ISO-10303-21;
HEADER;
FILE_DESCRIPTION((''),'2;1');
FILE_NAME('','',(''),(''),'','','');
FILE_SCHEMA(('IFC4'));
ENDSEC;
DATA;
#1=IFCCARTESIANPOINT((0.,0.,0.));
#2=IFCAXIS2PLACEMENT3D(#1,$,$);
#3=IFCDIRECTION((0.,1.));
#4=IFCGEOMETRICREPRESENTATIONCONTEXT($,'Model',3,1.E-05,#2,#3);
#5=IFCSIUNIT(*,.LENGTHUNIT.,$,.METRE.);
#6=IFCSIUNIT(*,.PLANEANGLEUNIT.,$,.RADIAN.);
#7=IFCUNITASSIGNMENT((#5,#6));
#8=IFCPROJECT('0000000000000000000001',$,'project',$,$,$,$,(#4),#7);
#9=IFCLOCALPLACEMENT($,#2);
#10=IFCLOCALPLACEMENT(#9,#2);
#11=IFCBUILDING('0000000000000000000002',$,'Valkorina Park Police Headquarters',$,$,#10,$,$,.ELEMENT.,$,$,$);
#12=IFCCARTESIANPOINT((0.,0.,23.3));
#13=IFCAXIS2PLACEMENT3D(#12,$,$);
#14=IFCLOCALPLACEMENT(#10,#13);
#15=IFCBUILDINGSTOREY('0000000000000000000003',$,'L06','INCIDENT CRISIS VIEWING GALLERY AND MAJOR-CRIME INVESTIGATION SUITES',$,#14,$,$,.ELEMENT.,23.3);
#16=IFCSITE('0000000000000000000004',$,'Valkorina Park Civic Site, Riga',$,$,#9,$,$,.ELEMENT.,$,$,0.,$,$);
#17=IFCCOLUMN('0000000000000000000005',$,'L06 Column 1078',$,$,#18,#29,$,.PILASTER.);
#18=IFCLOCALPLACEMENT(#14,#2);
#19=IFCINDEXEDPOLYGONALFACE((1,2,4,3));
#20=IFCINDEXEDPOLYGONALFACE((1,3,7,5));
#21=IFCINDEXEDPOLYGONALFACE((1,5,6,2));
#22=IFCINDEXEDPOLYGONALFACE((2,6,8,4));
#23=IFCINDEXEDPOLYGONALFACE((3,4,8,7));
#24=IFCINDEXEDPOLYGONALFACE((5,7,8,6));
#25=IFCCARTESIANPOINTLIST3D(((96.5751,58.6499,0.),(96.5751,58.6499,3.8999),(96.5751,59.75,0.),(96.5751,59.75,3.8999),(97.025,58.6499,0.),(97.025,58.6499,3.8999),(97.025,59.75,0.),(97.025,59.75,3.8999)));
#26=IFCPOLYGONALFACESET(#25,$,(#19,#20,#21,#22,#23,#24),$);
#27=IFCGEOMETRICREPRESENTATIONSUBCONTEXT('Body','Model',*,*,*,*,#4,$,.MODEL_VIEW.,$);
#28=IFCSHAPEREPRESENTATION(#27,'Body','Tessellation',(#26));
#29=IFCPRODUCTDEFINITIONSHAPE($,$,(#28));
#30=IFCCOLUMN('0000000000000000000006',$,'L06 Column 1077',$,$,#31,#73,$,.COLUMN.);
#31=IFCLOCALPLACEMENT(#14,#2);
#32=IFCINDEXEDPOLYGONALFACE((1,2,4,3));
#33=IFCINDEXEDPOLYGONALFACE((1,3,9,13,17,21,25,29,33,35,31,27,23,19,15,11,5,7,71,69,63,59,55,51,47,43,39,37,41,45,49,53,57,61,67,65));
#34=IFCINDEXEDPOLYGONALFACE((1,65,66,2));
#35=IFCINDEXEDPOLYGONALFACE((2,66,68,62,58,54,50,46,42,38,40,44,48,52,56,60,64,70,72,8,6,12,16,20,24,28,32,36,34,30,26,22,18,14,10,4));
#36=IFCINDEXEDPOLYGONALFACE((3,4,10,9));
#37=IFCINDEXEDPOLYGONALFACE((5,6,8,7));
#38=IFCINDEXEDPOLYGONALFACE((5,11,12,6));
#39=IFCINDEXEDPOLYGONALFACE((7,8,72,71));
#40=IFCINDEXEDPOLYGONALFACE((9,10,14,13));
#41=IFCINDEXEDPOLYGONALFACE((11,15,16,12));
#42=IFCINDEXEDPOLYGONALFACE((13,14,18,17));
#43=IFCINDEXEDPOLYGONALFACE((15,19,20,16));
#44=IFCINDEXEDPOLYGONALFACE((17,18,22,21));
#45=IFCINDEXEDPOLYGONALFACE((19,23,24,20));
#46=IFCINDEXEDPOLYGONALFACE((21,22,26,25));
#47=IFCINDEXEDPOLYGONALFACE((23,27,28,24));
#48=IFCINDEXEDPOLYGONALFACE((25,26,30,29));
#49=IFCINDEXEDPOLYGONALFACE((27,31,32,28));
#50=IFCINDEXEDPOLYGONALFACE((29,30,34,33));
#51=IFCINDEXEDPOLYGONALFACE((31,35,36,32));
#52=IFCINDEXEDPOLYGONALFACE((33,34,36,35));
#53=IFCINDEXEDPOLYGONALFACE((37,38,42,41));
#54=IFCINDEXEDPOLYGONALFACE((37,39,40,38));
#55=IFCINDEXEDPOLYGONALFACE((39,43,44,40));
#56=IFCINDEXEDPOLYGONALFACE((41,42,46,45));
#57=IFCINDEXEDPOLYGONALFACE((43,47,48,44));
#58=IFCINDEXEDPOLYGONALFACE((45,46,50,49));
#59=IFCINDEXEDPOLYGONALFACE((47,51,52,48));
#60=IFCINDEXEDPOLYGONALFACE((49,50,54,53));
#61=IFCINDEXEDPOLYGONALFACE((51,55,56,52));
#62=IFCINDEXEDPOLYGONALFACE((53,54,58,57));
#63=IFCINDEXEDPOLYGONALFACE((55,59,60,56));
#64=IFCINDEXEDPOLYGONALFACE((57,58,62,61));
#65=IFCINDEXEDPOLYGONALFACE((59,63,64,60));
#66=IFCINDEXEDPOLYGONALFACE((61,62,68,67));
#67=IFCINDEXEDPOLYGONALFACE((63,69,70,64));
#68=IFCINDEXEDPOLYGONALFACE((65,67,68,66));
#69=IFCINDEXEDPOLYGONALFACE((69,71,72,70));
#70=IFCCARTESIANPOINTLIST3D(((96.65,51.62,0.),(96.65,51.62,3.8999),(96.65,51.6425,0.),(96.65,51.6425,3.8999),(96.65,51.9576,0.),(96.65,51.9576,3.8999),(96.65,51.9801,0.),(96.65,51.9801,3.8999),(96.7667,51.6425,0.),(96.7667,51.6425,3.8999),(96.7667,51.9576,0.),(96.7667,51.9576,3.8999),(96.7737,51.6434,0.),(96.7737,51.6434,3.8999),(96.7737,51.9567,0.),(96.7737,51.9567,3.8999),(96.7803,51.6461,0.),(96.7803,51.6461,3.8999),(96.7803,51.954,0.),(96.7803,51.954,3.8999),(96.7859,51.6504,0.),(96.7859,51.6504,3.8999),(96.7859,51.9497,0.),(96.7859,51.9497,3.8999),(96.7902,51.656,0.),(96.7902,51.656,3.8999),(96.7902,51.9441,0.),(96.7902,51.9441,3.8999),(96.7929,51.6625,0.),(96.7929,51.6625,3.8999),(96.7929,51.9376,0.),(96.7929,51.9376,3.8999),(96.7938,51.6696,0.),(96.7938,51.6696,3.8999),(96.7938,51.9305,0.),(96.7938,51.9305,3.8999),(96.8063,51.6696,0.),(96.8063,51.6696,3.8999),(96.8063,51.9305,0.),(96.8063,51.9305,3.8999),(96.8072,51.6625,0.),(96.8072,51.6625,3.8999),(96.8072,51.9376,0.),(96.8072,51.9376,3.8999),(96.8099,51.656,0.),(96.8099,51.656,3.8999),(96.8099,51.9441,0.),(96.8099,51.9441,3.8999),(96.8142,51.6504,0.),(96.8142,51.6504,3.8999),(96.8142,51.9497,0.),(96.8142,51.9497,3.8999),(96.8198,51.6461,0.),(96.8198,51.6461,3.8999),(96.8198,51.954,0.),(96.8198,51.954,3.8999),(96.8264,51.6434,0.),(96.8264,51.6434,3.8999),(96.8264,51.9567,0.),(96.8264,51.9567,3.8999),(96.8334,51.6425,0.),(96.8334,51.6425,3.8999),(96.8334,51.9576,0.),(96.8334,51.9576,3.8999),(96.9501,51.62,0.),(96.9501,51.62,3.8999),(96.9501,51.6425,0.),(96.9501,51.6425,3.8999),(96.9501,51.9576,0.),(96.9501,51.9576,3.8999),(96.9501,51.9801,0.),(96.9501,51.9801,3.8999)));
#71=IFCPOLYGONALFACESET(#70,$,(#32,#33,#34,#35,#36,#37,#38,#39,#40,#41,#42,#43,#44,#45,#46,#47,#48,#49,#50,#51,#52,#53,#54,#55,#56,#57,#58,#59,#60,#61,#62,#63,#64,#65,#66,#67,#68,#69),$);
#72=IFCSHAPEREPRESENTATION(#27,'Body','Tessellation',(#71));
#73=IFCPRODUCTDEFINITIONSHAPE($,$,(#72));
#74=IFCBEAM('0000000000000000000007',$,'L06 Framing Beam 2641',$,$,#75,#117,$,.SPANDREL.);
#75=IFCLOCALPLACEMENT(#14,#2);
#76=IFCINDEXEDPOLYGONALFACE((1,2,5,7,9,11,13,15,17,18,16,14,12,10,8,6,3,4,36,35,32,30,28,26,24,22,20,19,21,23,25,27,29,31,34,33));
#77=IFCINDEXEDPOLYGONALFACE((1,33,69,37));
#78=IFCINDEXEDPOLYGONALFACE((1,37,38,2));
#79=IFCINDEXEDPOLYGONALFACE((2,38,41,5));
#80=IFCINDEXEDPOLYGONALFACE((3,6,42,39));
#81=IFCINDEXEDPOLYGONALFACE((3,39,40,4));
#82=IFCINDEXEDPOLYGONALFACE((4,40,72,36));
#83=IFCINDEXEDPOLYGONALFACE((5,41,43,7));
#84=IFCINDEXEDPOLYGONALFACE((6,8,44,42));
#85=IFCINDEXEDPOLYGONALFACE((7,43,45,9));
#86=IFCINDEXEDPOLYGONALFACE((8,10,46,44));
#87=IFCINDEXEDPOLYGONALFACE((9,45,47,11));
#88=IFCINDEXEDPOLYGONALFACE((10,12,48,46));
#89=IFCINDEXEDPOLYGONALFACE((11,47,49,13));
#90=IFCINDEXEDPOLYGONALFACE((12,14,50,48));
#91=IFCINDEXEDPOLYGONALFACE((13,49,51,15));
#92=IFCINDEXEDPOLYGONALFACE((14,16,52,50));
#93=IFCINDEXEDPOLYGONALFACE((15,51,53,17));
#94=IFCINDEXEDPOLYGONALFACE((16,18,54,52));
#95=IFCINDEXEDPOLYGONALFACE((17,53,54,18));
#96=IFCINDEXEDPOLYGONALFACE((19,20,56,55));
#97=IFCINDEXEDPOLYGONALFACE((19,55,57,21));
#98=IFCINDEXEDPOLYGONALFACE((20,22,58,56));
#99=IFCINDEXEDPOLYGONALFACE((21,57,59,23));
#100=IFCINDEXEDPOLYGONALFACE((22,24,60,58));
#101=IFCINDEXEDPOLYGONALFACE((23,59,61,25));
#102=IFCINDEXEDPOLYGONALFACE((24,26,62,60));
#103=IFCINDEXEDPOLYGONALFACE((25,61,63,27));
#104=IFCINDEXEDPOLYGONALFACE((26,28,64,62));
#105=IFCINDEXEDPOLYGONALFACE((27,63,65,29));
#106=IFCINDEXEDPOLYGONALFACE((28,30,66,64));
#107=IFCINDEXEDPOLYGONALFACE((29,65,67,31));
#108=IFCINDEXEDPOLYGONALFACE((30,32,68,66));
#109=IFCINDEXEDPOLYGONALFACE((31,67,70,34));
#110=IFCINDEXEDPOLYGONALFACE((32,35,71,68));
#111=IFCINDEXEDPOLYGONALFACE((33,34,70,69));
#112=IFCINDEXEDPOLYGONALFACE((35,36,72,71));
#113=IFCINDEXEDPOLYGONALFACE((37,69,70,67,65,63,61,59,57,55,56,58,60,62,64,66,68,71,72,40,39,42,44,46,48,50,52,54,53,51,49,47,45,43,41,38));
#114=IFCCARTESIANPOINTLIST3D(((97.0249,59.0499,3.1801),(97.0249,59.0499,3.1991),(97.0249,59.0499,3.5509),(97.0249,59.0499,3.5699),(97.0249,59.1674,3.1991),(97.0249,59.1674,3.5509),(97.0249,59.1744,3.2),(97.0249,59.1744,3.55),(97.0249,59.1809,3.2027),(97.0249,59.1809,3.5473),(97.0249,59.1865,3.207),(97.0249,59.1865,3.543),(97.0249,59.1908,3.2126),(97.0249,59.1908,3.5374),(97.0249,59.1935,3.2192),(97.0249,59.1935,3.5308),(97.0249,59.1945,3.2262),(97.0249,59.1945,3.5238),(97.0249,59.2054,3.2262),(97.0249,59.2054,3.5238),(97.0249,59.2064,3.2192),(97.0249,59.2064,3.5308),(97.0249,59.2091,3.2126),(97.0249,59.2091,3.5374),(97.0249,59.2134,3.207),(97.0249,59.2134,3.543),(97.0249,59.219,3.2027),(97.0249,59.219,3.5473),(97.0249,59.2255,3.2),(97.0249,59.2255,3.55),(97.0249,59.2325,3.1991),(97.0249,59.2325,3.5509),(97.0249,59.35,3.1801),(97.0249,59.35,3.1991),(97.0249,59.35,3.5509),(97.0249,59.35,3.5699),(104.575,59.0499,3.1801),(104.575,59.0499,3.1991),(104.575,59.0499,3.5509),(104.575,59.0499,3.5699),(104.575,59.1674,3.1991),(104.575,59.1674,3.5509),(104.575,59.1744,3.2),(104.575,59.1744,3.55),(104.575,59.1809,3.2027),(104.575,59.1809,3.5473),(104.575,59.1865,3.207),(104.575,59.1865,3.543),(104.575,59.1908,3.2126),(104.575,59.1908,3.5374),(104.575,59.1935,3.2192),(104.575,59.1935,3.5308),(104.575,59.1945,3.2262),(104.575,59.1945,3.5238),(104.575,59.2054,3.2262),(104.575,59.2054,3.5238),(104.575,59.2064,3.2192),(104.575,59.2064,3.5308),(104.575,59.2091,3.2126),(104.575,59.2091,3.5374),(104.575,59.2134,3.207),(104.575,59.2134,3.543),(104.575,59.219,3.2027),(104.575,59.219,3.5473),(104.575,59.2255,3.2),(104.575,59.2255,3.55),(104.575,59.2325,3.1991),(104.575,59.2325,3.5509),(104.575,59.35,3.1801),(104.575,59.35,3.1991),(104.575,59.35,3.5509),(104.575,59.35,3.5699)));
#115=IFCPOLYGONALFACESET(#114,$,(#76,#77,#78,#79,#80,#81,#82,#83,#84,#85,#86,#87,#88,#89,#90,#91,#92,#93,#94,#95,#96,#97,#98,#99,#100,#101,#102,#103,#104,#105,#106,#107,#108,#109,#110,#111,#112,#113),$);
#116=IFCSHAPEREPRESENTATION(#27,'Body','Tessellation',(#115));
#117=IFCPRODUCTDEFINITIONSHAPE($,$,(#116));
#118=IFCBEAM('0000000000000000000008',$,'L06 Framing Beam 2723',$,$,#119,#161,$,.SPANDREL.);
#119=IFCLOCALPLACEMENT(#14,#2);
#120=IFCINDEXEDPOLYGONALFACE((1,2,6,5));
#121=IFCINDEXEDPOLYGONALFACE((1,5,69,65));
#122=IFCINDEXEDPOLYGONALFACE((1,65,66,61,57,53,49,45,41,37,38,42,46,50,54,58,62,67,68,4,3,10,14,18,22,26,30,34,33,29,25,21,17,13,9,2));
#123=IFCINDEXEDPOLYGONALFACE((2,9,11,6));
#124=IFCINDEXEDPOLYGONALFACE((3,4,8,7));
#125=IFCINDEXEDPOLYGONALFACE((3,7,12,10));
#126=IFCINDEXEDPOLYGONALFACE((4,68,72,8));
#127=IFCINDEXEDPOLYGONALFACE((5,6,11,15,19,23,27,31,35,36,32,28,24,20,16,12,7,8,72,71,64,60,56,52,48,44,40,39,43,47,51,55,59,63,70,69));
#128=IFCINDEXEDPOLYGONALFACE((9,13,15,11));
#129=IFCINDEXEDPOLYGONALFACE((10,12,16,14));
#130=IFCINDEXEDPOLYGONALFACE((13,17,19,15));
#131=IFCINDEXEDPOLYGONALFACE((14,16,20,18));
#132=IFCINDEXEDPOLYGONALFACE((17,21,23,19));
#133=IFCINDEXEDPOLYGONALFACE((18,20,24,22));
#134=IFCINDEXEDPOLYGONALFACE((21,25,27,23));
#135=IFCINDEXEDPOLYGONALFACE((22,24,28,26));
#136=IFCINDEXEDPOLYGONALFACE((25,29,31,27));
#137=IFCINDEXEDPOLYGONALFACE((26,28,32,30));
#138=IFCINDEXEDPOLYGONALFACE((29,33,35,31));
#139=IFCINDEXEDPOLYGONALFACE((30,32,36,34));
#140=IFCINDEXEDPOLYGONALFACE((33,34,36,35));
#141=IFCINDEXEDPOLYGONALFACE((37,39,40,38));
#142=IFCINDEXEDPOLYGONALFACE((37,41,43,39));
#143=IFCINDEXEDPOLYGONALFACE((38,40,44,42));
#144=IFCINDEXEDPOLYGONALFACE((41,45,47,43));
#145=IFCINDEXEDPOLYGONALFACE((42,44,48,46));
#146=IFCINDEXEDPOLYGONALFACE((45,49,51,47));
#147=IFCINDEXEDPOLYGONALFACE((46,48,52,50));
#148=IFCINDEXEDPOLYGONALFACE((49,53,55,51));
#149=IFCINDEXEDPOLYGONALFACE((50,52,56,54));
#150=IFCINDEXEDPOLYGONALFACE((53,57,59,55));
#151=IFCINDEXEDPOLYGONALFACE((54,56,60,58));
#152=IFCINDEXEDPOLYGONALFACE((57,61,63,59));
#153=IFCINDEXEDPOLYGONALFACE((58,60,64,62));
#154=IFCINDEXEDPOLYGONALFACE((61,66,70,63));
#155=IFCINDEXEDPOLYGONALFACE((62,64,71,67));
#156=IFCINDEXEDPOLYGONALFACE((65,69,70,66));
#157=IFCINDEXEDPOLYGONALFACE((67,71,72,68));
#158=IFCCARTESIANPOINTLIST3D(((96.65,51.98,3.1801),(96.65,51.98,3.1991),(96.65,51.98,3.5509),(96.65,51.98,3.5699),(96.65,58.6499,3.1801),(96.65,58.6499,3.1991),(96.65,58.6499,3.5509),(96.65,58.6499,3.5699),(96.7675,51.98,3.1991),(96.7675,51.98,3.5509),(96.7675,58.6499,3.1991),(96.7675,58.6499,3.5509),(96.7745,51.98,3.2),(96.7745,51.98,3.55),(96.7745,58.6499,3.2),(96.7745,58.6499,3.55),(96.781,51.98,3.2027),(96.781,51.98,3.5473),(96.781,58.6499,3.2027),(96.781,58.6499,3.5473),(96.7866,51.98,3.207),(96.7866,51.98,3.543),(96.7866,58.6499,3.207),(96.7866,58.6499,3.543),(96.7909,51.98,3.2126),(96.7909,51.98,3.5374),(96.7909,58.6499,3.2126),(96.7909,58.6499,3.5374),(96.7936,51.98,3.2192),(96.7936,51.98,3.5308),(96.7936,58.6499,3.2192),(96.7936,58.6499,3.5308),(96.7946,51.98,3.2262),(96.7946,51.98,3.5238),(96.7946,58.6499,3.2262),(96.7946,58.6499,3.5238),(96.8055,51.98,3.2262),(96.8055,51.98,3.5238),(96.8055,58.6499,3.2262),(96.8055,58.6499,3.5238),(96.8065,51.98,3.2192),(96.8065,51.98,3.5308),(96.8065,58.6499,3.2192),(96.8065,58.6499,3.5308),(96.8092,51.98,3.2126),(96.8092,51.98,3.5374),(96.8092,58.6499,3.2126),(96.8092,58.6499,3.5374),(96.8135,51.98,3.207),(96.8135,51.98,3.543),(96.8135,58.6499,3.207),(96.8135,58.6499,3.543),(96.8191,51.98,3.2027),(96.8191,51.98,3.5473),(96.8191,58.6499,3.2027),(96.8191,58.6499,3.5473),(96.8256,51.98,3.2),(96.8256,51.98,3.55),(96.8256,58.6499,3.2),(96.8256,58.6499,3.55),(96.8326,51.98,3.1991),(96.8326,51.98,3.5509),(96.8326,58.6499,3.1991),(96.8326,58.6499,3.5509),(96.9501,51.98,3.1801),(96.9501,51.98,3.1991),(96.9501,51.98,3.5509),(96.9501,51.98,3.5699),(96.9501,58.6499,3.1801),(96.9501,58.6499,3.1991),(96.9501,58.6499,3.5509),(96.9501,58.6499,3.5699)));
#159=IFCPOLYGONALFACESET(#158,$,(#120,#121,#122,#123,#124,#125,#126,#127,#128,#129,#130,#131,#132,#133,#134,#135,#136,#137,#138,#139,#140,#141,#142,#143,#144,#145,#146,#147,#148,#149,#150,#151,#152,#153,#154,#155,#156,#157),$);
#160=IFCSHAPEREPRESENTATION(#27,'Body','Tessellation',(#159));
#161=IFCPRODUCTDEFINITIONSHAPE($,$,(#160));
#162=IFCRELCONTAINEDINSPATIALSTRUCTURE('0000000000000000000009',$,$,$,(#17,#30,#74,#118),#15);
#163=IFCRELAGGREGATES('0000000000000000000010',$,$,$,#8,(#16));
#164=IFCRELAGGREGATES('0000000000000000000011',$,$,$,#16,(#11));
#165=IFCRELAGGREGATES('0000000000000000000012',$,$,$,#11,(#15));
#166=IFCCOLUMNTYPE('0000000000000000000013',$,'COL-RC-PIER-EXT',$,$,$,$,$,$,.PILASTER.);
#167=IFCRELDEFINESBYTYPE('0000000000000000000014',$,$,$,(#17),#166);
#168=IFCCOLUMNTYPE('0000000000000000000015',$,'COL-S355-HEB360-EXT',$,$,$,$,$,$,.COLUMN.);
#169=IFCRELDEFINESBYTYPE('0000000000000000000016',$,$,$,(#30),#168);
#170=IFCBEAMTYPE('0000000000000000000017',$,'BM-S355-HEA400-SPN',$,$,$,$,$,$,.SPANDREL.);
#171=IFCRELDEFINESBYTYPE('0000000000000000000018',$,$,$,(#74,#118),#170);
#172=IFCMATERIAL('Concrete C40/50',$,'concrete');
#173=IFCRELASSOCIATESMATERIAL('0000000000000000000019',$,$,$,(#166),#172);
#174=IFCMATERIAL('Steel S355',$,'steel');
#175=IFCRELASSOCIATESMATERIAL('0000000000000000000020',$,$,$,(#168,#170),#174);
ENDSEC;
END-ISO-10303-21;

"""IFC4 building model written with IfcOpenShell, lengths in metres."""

from ifc_helpers import new_model, si_unit, direction, frame, origin, origin_2d, place, context, subcontext, project, spatial, rectangle, i_section, extrude, material, material_profile, profile_set, type_object, element, save


model = new_model("IFC4")

# Units and contexts
model_context = context("Model", 3, precision=1e-05, world=origin(), true_north=direction((0.0, 1.0)))
body_context = subcontext(model_context, "Body", "Model", "MODEL_VIEW")
ifc_project = project(units=[si_unit("LENGTHUNIT", "METRE"), si_unit("PLANEANGLEUNIT", "RADIAN")], contexts=[model_context])

# Site, building, storey
site_placement = place(None, origin())
site = spatial("IfcSite", under=ifc_project, at=site_placement, Name="Valkorina Park Civic Site, Riga", CompositionType="ELEMENT", RefElevation=0.0)
building_placement = place(site_placement, origin())
building = spatial("IfcBuilding", under=site, at=building_placement, Name="Valkorina Park Police Headquarters", CompositionType="ELEMENT")
storey_placement = place(building_placement, frame((0.0, 0.0, 23.3)))
storey = spatial("IfcBuildingStorey", under=building, at=storey_placement, Name="L06", Description="INCIDENT CRISIS VIEWING GALLERY AND MAJOR-CRIME INVESTIGATION SUITES", CompositionType="ELEMENT", Elevation=23.3)

# Columns
ifc_material_1 = material(Name="Concrete C40/50", Category="concrete")
ifc_material_profile_1 = material_profile(ifc_material_1, rectangle(XDim=0.45, YDim=1.1001, at=origin_2d()), Name="RC PIER 450x1100")
ifc_profile_set_1 = profile_set([ifc_material_profile_1], Name="Concrete C40/50")
column_type_1 = type_object("IfcColumnType", Name="COL-RC-PIER-EXT", PredefinedType="PILASTER", material=ifc_profile_set_1)
column_1_placement = place(storey_placement, frame((96.8, 59.2, 0.0), z_axis=(0.0, 0.0, 1.0), x_axis=(1.0, 0.0, 0.0)))
element("IfcColumn", 1, at=column_1_placement, inside=storey, type_object=column_type_1, Name="L06 Column 1078", PredefinedType="PILASTER", context=body_context, shape_type="SweptSolid", body=[
    extrude(rectangle(XDim=0.45, YDim=1.1001, at=origin_2d()), origin(), (0.0, 0.0, 1.0), 3.8999),
])
ifc_material_2 = material(Name="Steel S355", Category="steel")
ifc_material_profile_2 = material_profile(ifc_material_2, i_section(OverallWidth=0.3, OverallDepth=0.3601, WebThickness=0.0125, FlangeThickness=0.0225, FilletRadius=0.0271, at=origin_2d()), Name="HEB 360")
ifc_profile_set_2 = profile_set([ifc_material_profile_2], Name="Steel S355")
column_type_2 = type_object("IfcColumnType", Name="COL-S355-HEB360-EXT", PredefinedType="COLUMN", material=ifc_profile_set_2)
column_2_placement = place(storey_placement, frame((96.8, 51.8, 0.0), z_axis=(0.0, 0.0, 1.0), x_axis=(1.0, 0.0, 0.0)))
element("IfcColumn", 2, at=column_2_placement, inside=storey, type_object=column_type_2, Name="L06 Column 1077", PredefinedType="COLUMN", context=body_context, shape_type="SweptSolid", body=[
    extrude(i_section(OverallWidth=0.3, OverallDepth=0.3601, WebThickness=0.0125, FlangeThickness=0.0225, FilletRadius=0.0271, at=origin_2d()), origin(), (0.0, 0.0, 1.0), 3.8999),
])

# Beams
ifc_material_profile_3 = material_profile(ifc_material_2, i_section(OverallWidth=0.3, OverallDepth=0.3899, WebThickness=0.011, FlangeThickness=0.019, FilletRadius=0.0271, at=origin_2d()), Name="HEA 400")
ifc_profile_set_3 = profile_set([ifc_material_profile_3], Name="Steel S355")
beam_type_1 = type_object("IfcBeamType", Name="BM-S355-HEA400-SPN", PredefinedType="SPANDREL", material=ifc_profile_set_3)
beam_1_placement = place(storey_placement, frame((97.0249, 59.2, 3.375), z_axis=(1.0, 0.0, 0.0), x_axis=(0.0, 1.0, 0.0)))
element("IfcBeam", 3, at=beam_1_placement, inside=storey, type_object=beam_type_1, Name="L06 Framing Beam 2641", PredefinedType="SPANDREL", context=body_context, shape_type="SweptSolid", body=[
    extrude(i_section(OverallWidth=0.3, OverallDepth=0.3899, WebThickness=0.011, FlangeThickness=0.019, FilletRadius=0.0271, at=origin_2d()), origin(), (0.0, 0.0, 1.0), 7.55),
])
beam_2_placement = place(storey_placement, frame((96.8, 51.98, 3.375), z_axis=(0.0, 1.0, 0.0), x_axis=(-1.0, 0.0, 0.0)))
element("IfcBeam", 4, at=beam_2_placement, inside=storey, type_object=beam_type_1, Name="L06 Framing Beam 2723", PredefinedType="SPANDREL", context=body_context, shape_type="SweptSolid", body=[
    extrude(i_section(OverallWidth=0.3, OverallDepth=0.3899, WebThickness=0.011, FlangeThickness=0.019, FilletRadius=0.0271, at=origin_2d()), origin(), (0.0, 0.0, 1.0), 6.6699),
])

save(model, "model.ifc")
